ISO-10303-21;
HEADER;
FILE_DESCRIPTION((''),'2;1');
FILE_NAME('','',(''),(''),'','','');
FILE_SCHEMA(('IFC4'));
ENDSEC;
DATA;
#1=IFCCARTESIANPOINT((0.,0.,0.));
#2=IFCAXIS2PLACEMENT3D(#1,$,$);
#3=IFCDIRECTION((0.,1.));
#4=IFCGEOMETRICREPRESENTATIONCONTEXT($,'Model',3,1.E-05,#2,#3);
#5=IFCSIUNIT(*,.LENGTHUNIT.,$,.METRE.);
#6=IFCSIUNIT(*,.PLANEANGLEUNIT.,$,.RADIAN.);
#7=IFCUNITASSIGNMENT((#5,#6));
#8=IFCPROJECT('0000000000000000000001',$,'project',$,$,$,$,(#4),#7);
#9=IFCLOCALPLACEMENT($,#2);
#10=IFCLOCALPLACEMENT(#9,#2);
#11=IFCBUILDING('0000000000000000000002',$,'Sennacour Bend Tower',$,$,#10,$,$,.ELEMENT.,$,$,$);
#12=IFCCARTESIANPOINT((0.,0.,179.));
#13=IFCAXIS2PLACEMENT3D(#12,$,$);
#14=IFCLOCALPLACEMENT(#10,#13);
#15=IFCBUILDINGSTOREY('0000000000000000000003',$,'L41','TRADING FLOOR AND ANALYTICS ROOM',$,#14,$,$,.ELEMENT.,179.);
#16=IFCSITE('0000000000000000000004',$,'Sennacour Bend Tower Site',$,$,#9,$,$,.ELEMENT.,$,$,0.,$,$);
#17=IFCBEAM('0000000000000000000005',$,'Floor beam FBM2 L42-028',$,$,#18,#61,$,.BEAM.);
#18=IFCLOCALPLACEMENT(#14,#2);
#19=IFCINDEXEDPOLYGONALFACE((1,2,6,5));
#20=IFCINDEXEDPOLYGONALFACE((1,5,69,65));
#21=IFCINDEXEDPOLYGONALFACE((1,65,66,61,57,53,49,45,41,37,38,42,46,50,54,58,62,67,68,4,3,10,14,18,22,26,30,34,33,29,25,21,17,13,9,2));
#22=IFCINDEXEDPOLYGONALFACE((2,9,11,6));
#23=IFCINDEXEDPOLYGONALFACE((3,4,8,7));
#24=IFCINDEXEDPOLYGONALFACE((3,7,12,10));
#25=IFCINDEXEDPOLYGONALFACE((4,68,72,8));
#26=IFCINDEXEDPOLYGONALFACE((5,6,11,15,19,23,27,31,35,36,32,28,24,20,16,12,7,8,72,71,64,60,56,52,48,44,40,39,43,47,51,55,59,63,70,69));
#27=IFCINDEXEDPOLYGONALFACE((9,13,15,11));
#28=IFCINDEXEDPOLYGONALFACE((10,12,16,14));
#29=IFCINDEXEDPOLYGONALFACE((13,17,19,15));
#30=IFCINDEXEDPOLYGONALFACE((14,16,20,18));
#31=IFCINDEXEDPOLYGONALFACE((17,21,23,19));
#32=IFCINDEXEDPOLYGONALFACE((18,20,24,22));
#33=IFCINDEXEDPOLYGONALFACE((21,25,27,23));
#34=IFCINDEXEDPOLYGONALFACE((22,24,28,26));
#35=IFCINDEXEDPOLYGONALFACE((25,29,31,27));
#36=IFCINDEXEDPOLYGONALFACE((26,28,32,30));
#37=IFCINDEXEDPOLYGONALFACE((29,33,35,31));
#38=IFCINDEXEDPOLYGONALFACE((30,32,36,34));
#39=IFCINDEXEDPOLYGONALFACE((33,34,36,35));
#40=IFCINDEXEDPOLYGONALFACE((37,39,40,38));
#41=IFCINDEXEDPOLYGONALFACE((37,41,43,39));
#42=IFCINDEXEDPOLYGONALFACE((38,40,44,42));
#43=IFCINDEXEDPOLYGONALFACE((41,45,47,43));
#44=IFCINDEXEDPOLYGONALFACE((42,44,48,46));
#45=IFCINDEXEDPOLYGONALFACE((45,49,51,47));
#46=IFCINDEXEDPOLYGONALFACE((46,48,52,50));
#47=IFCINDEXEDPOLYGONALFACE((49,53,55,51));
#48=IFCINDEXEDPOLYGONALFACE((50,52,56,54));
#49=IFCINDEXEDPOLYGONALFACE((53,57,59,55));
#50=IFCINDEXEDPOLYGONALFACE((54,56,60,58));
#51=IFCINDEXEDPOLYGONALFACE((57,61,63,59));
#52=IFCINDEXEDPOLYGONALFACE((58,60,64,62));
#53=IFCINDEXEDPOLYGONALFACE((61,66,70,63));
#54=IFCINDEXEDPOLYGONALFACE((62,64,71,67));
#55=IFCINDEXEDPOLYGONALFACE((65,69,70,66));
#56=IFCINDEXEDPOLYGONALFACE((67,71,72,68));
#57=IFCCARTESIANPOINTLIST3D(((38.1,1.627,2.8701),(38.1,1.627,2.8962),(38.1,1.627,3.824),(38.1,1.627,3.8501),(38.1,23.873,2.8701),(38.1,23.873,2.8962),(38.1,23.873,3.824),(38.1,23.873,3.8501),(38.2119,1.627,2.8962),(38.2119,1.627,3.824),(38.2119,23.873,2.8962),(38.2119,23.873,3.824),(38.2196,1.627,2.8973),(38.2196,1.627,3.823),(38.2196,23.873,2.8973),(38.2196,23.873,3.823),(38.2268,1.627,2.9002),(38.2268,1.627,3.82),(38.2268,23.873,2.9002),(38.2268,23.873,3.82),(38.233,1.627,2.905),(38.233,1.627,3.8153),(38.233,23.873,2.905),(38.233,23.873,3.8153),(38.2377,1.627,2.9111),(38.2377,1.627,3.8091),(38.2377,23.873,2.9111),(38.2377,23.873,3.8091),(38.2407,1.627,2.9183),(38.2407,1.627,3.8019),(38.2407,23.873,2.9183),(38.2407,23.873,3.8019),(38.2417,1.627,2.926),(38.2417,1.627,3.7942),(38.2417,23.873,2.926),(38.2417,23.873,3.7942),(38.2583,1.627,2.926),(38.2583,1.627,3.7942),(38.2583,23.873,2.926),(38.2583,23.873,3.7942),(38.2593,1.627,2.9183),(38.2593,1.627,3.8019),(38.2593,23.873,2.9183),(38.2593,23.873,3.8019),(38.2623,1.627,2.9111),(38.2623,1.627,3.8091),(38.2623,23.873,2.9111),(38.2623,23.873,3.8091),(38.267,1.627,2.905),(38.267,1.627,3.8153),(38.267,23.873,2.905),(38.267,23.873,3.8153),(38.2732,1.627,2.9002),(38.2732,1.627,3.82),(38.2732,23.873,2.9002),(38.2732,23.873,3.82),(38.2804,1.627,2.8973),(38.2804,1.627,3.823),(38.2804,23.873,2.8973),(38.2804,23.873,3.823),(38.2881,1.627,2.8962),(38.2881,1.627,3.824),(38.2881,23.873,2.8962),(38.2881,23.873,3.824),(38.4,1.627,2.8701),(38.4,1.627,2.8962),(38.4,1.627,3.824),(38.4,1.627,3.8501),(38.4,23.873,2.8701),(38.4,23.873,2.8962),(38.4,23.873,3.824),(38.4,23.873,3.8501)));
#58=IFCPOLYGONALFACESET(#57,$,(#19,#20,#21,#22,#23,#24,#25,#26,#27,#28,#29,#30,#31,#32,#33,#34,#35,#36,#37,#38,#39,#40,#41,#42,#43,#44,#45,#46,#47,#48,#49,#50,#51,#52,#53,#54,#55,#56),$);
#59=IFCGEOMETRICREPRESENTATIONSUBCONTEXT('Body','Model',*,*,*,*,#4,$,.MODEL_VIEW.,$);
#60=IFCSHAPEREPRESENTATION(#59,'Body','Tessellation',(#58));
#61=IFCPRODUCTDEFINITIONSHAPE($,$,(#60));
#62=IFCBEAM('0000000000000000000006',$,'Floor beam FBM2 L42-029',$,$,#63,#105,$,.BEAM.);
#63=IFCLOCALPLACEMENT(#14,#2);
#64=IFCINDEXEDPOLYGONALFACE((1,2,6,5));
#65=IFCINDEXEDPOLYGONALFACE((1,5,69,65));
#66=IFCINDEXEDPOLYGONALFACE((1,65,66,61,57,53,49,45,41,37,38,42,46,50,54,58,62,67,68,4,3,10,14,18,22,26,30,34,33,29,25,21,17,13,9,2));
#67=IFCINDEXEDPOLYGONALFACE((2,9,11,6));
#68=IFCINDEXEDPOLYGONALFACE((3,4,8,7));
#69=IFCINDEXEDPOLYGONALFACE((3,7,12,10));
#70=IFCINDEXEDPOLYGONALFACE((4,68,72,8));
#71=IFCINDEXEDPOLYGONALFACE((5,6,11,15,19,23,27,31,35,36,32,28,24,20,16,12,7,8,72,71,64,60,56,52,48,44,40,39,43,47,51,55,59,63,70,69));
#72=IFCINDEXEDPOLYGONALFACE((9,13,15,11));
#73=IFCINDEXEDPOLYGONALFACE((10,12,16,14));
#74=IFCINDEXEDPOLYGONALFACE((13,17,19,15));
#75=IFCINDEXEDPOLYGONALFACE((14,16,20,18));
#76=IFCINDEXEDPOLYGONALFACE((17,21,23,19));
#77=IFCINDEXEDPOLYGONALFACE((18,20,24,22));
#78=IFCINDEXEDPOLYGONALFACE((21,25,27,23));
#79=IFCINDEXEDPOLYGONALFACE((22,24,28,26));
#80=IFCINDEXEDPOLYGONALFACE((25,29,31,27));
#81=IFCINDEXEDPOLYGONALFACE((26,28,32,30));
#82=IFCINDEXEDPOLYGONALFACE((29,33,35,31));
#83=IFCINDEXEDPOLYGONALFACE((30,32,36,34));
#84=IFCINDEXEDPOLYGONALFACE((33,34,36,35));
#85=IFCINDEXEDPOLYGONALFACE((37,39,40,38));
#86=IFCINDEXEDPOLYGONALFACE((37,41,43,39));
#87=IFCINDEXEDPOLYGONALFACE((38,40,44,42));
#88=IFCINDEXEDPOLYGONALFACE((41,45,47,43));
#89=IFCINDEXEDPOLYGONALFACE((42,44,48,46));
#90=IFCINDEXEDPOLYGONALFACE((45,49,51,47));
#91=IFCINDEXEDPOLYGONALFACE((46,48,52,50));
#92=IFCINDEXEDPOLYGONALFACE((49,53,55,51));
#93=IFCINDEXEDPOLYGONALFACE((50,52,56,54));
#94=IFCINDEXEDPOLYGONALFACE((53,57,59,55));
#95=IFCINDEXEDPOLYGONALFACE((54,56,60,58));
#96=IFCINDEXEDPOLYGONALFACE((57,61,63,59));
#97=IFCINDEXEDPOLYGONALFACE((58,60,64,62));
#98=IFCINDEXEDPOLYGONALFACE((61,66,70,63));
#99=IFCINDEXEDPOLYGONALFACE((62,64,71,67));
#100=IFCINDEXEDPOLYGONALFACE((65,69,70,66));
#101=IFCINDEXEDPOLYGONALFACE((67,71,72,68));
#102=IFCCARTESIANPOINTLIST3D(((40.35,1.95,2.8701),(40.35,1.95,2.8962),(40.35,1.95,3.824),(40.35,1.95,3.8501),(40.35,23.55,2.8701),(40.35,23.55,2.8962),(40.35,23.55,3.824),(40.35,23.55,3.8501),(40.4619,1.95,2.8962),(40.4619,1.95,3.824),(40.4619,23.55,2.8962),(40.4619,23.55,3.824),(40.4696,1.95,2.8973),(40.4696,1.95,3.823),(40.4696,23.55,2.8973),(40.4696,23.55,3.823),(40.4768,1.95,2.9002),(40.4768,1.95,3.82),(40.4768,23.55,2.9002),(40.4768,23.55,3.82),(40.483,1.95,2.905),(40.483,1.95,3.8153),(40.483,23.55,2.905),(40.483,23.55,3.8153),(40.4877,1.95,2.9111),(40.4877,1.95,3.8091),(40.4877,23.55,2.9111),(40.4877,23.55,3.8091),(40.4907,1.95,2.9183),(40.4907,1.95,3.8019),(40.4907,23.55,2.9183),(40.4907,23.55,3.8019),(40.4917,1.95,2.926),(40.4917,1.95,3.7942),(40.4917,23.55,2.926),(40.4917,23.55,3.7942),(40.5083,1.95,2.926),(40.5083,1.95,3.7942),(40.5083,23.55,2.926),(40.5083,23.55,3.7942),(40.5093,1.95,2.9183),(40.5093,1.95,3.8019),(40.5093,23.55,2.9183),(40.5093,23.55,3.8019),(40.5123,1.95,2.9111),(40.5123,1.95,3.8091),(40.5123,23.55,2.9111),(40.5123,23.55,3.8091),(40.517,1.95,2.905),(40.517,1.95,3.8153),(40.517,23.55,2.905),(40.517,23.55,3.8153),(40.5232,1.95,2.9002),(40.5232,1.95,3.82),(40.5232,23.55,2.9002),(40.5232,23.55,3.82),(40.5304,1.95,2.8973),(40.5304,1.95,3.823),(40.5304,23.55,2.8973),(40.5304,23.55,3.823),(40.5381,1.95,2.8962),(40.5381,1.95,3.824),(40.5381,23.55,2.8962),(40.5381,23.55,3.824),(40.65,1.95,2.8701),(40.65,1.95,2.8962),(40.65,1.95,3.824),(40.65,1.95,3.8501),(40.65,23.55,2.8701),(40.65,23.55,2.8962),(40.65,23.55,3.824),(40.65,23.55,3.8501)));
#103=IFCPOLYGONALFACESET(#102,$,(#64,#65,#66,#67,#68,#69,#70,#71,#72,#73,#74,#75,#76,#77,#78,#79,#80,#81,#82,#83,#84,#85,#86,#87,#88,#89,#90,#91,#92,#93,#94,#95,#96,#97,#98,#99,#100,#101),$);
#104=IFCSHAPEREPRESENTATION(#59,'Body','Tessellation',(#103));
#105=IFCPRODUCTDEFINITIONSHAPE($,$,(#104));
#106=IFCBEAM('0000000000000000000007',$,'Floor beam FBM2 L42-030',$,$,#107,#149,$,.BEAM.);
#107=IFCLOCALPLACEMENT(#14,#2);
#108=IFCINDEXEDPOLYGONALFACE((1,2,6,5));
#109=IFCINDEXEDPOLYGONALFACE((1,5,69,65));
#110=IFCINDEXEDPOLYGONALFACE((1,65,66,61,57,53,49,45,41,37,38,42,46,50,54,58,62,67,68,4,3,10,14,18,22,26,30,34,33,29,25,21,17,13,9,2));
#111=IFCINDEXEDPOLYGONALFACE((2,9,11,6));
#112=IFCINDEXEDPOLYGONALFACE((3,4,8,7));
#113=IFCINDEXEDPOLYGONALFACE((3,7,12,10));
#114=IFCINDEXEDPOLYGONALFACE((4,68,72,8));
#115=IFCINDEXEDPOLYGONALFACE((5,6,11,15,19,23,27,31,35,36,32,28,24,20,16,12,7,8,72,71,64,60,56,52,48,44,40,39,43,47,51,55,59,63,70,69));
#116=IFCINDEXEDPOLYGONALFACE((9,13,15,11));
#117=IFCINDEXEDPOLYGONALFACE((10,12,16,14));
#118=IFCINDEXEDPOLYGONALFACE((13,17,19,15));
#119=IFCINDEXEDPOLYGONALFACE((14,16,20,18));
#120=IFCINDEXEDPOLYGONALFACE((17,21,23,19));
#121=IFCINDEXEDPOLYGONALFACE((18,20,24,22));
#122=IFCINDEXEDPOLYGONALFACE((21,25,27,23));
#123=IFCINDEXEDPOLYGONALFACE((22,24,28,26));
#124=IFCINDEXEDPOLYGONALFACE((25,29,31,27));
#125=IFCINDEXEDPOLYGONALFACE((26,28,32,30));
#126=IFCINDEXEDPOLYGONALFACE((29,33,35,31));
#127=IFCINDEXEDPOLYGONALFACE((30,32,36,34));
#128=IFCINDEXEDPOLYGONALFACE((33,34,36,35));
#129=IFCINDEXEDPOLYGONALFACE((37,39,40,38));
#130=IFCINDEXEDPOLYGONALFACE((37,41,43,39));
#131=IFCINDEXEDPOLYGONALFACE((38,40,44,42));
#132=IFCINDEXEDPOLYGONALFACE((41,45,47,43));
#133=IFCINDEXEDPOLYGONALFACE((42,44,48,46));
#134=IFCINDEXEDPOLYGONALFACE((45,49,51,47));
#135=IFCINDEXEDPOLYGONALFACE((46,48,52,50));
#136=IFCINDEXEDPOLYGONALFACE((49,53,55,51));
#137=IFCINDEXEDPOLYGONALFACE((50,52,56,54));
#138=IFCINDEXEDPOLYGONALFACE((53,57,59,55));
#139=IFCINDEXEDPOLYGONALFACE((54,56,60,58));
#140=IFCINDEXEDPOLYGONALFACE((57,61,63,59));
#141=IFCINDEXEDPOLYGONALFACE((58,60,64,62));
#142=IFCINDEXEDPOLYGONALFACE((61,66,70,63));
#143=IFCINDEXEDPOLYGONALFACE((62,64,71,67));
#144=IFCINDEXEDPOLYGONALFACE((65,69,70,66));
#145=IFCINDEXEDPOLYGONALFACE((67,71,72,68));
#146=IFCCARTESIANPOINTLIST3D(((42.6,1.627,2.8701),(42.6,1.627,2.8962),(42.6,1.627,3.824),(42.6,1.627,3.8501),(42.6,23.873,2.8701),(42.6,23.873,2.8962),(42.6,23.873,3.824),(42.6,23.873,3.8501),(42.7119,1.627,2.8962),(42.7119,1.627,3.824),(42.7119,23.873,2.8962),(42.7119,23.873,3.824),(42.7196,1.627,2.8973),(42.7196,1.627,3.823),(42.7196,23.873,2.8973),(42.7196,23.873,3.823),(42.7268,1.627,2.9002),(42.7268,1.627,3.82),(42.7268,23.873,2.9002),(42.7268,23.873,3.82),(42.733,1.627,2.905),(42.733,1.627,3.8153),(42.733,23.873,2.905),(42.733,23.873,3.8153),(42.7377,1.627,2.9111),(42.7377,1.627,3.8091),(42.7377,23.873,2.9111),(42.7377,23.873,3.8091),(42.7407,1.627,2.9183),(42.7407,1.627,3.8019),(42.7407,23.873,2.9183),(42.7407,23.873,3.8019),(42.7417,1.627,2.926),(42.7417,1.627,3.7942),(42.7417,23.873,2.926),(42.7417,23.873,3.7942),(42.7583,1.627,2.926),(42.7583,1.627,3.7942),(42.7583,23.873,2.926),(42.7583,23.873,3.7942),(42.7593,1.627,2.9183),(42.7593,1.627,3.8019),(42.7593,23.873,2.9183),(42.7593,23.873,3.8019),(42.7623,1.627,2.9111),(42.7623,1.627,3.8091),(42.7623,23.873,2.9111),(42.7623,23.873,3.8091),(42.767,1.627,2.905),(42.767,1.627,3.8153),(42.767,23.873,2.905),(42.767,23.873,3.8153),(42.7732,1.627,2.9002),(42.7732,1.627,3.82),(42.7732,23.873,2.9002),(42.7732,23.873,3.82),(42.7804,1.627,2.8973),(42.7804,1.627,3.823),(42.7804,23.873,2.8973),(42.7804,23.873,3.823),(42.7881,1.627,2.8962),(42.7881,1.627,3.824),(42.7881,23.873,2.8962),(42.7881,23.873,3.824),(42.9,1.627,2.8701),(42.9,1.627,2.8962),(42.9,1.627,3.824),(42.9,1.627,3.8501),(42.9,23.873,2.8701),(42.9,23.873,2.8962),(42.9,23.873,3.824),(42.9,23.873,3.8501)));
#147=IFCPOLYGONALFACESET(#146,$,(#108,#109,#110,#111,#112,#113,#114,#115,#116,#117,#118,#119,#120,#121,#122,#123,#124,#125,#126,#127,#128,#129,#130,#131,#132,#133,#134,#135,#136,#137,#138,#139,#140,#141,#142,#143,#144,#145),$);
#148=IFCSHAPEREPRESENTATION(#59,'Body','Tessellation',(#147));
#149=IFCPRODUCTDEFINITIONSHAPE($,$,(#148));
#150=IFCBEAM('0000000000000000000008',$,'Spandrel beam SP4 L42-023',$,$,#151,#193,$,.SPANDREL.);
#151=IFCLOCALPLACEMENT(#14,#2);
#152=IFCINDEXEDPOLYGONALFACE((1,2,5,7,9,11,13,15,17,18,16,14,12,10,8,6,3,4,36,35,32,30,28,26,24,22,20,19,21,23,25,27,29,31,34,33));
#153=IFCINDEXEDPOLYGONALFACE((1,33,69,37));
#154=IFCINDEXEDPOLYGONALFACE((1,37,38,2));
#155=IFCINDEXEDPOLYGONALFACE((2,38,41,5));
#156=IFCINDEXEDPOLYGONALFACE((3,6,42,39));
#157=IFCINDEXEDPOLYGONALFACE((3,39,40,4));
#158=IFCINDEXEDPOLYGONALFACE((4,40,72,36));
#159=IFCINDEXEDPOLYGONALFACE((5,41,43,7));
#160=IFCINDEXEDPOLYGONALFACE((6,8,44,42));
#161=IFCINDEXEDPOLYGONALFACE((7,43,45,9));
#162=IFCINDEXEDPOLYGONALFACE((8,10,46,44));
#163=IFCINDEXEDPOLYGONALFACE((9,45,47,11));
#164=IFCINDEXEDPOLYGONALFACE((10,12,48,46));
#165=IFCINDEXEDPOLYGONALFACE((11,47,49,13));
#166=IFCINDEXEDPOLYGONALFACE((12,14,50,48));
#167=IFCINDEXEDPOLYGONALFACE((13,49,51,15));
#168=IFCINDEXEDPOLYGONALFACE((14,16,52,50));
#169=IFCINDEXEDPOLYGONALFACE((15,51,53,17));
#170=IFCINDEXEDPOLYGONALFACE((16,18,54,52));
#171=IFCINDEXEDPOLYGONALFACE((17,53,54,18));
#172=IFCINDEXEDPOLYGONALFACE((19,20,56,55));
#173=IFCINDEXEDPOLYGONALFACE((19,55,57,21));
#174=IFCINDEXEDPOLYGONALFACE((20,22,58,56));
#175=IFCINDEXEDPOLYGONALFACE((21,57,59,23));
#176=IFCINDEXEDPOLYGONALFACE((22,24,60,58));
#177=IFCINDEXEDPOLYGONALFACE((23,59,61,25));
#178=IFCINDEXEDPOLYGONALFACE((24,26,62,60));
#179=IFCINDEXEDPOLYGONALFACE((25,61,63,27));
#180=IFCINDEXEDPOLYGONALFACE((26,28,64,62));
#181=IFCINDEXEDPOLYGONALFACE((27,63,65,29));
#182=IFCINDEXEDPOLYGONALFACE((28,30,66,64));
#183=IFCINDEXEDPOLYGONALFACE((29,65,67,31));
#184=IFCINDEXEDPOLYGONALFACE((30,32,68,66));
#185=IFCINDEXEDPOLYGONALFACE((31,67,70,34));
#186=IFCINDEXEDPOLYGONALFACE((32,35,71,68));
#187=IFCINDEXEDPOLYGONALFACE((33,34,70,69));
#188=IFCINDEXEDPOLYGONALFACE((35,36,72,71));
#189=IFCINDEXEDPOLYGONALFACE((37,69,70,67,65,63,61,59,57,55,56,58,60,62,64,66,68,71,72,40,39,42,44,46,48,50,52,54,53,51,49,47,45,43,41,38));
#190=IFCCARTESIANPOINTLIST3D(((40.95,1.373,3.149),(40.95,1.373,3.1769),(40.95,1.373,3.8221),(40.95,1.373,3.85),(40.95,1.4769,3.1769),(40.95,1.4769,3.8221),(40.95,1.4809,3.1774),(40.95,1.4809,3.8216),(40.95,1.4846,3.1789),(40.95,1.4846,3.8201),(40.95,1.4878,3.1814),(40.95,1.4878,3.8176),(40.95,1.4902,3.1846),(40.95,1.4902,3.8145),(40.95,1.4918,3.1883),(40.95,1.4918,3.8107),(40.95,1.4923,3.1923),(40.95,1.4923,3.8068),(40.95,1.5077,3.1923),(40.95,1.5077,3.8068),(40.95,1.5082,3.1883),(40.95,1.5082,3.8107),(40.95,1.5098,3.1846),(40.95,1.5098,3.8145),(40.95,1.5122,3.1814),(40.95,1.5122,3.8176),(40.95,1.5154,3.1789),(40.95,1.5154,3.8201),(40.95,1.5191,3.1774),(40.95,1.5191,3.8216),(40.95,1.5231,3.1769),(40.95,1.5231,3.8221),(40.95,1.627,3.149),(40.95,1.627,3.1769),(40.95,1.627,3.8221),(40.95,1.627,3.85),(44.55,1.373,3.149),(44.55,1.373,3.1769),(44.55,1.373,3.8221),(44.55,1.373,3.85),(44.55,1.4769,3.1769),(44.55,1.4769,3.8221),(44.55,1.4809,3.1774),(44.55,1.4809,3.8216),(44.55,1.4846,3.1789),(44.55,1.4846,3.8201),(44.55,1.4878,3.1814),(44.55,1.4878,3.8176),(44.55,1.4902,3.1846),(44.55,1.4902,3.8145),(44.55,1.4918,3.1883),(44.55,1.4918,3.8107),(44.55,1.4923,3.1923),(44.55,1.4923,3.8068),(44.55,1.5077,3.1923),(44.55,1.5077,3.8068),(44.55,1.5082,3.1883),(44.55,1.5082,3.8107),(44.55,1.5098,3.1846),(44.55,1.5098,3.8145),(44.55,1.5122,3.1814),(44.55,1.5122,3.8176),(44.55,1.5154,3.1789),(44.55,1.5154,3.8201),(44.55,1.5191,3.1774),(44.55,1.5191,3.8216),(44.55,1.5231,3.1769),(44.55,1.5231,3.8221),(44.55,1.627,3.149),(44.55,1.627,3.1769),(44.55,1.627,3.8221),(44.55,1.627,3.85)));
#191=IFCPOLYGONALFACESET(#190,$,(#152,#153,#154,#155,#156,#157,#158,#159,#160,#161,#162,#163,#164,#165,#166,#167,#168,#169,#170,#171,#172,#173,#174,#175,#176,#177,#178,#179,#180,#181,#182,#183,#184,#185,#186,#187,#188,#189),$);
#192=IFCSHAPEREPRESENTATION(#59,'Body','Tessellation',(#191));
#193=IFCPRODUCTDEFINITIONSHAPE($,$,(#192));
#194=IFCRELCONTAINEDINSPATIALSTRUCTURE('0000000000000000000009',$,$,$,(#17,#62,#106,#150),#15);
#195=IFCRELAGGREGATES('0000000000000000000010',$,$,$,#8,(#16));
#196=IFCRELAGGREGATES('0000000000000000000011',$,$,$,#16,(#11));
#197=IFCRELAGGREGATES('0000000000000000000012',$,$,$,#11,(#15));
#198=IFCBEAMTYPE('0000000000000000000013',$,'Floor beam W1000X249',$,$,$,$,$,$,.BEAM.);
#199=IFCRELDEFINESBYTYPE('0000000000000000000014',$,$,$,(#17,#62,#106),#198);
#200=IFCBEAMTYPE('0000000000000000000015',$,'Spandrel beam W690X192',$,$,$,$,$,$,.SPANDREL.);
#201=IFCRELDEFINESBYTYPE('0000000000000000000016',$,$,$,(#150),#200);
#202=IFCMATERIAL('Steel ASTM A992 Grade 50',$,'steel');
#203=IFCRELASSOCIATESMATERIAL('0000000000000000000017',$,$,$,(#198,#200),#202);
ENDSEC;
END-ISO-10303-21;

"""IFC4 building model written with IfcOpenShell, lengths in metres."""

from ifc_helpers import new_model, si_unit, direction, frame, origin, origin_2d, place, context, subcontext, project, spatial, i_section, extrude, material, material_profile, profile_set, type_object, element, save


model = new_model("IFC4")

# Units and contexts
model_context = context("Model", 3, precision=1e-05, world=origin(), true_north=direction((0.0, 1.0)))
body_context = subcontext(model_context, "Body", "Model", "MODEL_VIEW")
ifc_project = project(units=[si_unit("LENGTHUNIT", "METRE"), si_unit("PLANEANGLEUNIT", "RADIAN")], contexts=[model_context])

# Site, building, storey
site_placement = place(None, origin())
site = spatial("IfcSite", under=ifc_project, at=site_placement, Name="Sennacour Bend Tower Site", CompositionType="ELEMENT", RefElevation=0.0)
building_placement = place(site_placement, origin())
building = spatial("IfcBuilding", under=site, at=building_placement, Name="Sennacour Bend Tower", CompositionType="ELEMENT")
storey_placement = place(building_placement, frame((0.0, 0.0, 179.0)))
storey = spatial("IfcBuildingStorey", under=building, at=storey_placement, Name="L41", Description="TRADING FLOOR AND ANALYTICS ROOM", CompositionType="ELEMENT", Elevation=179.0)

# Beams
ifc_material_1 = material(Name="Steel ASTM A992 Grade 50", Category="steel")
ifc_material_profile_1 = material_profile(ifc_material_1, i_section(OverallWidth=0.3, OverallDepth=0.98, WebThickness=0.0166, FlangeThickness=0.0261, FilletRadius=0.0298, at=origin_2d()), Name="Steel ASTM A992 Grade 50", Category="steel")
ifc_profile_set_1 = profile_set([ifc_material_profile_1], Name="Steel ASTM A992 Grade 50")
beam_type_1 = type_object("IfcBeamType", Name="Floor beam W1000X249", PredefinedType="BEAM", material=ifc_profile_set_1)
beam_1_placement = place(storey_placement, frame((38.25, 1.627, 3.3601), z_axis=(0.0, 1.0, 0.0), x_axis=(-1.0, 0.0, 0.0)))
element("IfcBeam", 1, at=beam_1_placement, inside=storey, type_object=beam_type_1, Name="Floor beam FBM2 L42-028", PredefinedType="BEAM", context=body_context, shape_type="SweptSolid", body=[
    extrude(i_section(OverallWidth=0.3, OverallDepth=0.98, WebThickness=0.0166, FlangeThickness=0.0261, FilletRadius=0.0298, at=origin_2d()), origin(), (0.0, 0.0, 1.0), 22.2461),
])
beam_2_placement = place(storey_placement, frame((40.5, 1.95, 3.3601), z_axis=(0.0, 1.0, 0.0), x_axis=(-1.0, 0.0, 0.0)))
element("IfcBeam", 2, at=beam_2_placement, inside=storey, type_object=beam_type_1, Name="Floor beam FBM2 L42-029", PredefinedType="BEAM", context=body_context, shape_type="SweptSolid", body=[
    extrude(i_section(OverallWidth=0.3, OverallDepth=0.98, WebThickness=0.0166, FlangeThickness=0.0261, FilletRadius=0.0298, at=origin_2d()), origin(), (0.0, 0.0, 1.0), 21.6001),
])
beam_3_placement = place(storey_placement, frame((42.75, 1.627, 3.3601), z_axis=(0.0, 1.0, 0.0), x_axis=(-1.0, 0.0, 0.0)))
element("IfcBeam", 3, at=beam_3_placement, inside=storey, type_object=beam_type_1, Name="Floor beam FBM2 L42-030", PredefinedType="BEAM", context=body_context, shape_type="SweptSolid", body=[
    extrude(i_section(OverallWidth=0.3, OverallDepth=0.98, WebThickness=0.0166, FlangeThickness=0.0261, FilletRadius=0.0298, at=origin_2d()), origin(), (0.0, 0.0, 1.0), 22.2461),
])
ifc_material_profile_2 = material_profile(ifc_material_1, i_section(OverallWidth=0.2539, OverallDepth=0.7009, WebThickness=0.0154, FlangeThickness=0.0278, FilletRadius=0.0154, at=origin_2d()), Name="Steel ASTM A992 Grade 50", Category="steel")
ifc_profile_set_2 = profile_set([ifc_material_profile_2], Name="Steel ASTM A992 Grade 50")
beam_type_2 = type_object("IfcBeamType", Name="Spandrel beam W690X192", PredefinedType="SPANDREL", material=ifc_profile_set_2)
for number, where, z_axis, x_axis, name in (
    (4, (44.55, 1.5, 3.4995), (-1.0, 0.0, 0.0), (0.0, -1.0, 0.0), "Spandrel beam SP4 L42-023"),
):
    element("IfcBeam", number, at=place(storey_placement, frame(where, z_axis=z_axis, x_axis=x_axis)), inside=storey, type_object=beam_type_2, Name=name, PredefinedType="SPANDREL", context=body_context, shape_type="SweptSolid", body=[
        extrude(i_section(OverallWidth=0.2539, OverallDepth=0.7009, WebThickness=0.0154, FlangeThickness=0.0278, FilletRadius=0.0154, at=origin_2d()), origin(), (0.0, 0.0, 1.0), 3.6001),
    ])

save(model, "model.ifc")
